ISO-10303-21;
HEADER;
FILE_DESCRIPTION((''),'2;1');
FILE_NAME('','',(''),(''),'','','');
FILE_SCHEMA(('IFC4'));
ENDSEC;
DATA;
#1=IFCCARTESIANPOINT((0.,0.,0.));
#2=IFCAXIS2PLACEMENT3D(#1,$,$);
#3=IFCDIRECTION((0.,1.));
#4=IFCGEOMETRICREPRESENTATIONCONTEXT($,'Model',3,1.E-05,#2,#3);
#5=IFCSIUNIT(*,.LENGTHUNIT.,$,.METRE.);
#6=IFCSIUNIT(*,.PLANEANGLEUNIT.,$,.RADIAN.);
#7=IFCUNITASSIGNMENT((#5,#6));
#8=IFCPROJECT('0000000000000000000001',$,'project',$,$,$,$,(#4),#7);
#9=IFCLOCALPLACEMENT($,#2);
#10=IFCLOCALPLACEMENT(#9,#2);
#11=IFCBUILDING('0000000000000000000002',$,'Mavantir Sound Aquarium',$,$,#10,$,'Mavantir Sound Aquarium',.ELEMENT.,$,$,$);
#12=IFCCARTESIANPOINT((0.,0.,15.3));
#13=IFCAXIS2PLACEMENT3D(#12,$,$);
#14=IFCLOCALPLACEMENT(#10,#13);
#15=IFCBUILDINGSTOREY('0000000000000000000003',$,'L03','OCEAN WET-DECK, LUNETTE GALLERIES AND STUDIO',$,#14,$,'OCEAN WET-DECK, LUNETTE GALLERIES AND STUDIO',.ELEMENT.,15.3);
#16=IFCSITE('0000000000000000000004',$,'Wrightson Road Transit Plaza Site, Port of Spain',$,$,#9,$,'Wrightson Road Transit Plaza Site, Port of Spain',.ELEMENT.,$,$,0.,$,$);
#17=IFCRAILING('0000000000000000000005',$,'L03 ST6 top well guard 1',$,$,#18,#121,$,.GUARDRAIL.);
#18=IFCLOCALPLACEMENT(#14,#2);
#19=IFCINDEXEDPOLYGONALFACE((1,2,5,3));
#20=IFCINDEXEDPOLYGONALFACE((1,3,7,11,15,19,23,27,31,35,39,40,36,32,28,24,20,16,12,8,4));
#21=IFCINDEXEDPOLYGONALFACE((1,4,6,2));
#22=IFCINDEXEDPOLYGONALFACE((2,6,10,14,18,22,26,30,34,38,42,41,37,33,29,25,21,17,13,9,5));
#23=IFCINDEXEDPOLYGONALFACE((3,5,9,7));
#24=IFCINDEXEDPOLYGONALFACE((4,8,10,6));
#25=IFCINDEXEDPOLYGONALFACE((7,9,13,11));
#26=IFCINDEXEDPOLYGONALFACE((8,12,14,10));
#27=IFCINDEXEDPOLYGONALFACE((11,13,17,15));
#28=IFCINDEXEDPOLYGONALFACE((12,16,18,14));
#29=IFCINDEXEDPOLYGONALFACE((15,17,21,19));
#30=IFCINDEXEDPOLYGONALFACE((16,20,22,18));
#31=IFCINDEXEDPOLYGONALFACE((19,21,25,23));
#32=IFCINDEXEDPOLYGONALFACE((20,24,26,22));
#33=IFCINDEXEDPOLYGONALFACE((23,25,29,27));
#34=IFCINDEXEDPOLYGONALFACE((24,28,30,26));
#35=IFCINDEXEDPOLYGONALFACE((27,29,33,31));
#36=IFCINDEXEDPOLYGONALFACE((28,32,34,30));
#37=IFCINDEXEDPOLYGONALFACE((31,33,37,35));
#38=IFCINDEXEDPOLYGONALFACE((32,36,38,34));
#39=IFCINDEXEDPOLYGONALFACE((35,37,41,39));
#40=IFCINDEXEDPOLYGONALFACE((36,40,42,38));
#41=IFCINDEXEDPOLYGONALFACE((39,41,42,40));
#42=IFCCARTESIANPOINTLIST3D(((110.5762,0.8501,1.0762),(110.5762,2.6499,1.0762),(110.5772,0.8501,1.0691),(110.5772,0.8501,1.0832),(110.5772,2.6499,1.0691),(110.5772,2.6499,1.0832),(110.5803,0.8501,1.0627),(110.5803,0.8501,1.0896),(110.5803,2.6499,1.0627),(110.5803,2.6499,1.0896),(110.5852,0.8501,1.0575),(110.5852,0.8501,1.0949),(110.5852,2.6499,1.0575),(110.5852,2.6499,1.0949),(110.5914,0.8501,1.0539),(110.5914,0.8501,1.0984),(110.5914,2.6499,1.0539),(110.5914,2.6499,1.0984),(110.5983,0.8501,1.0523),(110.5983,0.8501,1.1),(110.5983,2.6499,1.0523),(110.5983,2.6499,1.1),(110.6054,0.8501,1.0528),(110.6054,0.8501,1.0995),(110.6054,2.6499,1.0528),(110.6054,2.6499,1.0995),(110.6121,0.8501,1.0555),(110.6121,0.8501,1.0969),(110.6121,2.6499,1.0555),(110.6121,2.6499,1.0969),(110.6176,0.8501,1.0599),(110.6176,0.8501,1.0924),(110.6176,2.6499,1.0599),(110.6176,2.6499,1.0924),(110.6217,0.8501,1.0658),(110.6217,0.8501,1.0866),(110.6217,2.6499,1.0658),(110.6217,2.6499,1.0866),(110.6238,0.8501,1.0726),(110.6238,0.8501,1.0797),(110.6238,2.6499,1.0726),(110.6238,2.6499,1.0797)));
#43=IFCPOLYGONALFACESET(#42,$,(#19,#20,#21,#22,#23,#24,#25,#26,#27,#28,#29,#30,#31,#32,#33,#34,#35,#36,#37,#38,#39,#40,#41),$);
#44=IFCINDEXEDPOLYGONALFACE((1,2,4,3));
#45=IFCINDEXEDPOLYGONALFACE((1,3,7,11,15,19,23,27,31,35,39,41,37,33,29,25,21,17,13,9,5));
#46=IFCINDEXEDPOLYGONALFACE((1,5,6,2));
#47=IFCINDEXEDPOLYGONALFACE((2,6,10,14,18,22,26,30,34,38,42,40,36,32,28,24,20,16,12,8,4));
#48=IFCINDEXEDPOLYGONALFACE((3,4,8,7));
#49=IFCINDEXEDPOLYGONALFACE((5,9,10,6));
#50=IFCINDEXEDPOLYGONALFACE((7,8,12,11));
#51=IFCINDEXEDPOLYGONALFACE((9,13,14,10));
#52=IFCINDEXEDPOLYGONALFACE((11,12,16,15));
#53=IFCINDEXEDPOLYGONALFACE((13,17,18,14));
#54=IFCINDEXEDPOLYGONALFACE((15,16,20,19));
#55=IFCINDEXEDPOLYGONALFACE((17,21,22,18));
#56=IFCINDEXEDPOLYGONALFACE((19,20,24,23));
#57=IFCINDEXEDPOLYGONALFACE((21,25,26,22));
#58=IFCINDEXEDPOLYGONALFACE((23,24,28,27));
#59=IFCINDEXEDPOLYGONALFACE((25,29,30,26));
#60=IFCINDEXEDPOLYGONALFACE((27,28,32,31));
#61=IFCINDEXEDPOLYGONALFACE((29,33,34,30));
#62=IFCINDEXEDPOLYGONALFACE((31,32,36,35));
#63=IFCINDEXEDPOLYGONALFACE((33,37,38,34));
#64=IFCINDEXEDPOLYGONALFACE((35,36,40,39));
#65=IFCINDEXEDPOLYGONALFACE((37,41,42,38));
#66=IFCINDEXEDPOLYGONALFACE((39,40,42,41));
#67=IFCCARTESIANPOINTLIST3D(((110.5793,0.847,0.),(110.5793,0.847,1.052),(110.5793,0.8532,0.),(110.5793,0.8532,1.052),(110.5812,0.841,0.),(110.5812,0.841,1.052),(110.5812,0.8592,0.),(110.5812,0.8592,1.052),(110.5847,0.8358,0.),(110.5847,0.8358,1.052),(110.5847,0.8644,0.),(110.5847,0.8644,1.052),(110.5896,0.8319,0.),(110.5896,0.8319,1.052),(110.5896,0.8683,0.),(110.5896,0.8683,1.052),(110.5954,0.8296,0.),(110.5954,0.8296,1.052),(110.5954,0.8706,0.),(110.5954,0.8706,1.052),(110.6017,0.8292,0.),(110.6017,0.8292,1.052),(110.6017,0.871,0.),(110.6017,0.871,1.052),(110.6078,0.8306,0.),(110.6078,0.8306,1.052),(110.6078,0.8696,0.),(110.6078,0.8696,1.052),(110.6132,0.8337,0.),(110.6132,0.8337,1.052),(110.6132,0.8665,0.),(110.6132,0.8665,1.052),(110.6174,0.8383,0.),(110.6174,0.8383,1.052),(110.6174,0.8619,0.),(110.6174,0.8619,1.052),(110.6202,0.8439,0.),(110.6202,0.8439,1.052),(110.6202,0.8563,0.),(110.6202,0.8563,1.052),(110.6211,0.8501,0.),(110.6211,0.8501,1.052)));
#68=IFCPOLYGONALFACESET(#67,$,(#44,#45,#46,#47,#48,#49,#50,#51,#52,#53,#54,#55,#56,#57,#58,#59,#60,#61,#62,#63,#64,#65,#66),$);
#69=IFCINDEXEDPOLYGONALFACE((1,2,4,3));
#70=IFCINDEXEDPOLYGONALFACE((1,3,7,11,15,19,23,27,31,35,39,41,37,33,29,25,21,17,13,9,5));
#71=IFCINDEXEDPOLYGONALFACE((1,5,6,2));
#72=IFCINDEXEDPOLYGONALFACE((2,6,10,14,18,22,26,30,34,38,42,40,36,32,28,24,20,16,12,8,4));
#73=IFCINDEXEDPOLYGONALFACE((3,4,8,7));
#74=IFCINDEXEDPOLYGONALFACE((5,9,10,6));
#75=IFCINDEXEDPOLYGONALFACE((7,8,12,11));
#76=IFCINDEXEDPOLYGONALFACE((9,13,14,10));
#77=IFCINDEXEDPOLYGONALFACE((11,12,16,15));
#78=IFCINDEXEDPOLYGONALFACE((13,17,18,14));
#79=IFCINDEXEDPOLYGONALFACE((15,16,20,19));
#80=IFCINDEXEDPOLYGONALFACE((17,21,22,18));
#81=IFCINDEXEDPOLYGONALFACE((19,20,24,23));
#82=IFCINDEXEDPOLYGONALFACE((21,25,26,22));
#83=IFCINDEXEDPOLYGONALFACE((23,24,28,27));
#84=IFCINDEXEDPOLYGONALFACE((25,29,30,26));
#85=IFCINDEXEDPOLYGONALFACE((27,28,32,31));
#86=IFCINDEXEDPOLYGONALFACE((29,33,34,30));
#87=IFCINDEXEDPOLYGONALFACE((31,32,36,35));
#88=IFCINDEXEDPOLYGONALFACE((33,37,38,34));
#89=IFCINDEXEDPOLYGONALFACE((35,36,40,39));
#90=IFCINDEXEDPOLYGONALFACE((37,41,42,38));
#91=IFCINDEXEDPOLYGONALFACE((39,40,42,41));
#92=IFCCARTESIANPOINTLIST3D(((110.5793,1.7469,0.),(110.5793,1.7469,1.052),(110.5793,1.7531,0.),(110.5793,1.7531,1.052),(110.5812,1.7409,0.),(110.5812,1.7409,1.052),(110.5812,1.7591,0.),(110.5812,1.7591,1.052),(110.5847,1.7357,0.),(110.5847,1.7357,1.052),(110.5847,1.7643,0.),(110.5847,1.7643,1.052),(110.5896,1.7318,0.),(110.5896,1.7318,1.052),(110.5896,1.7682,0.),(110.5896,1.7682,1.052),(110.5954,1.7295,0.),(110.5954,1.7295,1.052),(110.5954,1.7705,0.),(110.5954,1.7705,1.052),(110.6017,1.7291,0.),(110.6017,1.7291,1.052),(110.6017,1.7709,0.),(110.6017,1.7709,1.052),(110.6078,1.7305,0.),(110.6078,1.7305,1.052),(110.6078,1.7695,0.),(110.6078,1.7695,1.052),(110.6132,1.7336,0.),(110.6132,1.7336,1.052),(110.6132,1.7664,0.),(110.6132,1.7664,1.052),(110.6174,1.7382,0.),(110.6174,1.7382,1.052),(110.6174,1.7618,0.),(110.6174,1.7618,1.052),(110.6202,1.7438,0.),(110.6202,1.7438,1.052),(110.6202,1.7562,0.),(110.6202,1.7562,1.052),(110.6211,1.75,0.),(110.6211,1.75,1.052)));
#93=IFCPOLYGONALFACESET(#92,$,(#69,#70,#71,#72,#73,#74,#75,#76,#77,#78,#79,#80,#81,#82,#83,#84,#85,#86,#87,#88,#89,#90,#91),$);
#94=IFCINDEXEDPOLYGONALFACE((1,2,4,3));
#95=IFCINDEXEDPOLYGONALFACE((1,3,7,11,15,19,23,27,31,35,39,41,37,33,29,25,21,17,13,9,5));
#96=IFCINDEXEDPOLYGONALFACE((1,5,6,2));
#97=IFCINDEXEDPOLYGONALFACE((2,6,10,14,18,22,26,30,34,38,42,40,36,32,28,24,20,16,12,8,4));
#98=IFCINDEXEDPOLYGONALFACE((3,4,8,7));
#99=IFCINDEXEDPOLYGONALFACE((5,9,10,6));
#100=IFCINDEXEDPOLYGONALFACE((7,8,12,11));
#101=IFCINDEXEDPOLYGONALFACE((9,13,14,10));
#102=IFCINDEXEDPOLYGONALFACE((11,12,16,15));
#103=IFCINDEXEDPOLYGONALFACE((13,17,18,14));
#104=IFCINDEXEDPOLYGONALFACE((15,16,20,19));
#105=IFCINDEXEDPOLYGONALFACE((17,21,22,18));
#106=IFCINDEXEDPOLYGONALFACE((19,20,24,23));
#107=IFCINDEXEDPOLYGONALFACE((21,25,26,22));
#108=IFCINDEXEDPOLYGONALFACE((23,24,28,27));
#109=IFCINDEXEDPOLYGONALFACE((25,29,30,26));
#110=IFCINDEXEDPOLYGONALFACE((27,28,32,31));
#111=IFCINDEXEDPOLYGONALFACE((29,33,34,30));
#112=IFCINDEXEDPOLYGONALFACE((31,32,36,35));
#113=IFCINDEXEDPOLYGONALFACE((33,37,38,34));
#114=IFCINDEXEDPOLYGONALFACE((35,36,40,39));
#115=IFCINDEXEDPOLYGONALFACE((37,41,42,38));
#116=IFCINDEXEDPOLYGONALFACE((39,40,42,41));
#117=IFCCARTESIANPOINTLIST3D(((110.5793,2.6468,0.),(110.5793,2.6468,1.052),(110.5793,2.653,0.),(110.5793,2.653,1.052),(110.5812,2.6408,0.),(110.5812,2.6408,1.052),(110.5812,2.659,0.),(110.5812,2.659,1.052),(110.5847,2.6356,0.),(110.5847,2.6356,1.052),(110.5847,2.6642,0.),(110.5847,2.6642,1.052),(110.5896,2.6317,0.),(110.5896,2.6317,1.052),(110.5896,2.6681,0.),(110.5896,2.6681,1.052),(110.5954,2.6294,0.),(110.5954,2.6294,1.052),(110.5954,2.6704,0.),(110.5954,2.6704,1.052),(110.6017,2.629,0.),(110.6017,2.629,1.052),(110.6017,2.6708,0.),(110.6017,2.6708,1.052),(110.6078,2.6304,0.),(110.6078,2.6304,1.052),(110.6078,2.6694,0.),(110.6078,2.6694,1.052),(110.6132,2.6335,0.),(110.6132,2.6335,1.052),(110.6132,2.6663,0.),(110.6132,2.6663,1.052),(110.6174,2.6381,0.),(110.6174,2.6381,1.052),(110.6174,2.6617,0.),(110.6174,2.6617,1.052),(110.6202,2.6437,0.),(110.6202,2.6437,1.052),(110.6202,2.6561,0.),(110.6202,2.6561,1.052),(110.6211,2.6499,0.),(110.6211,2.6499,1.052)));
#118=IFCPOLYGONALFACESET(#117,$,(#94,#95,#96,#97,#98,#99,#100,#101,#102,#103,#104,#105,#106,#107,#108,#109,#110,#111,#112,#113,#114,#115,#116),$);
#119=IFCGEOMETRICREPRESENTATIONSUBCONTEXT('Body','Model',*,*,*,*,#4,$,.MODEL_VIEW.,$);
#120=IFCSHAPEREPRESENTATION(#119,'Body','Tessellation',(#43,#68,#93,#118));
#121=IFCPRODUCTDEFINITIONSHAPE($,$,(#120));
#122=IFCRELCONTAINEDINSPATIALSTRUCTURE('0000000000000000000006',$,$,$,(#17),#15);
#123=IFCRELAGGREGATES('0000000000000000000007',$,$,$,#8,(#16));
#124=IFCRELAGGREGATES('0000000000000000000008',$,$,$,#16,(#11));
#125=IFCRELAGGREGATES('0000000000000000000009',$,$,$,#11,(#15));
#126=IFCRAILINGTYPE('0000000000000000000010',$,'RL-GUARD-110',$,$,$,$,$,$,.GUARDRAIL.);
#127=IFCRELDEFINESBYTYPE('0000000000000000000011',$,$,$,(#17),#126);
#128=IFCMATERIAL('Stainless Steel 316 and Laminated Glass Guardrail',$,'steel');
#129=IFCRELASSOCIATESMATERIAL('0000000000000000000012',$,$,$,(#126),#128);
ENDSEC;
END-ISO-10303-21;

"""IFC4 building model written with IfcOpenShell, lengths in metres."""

from ifc_helpers import new_model, si_unit, direction, frame, origin, origin_2d, place, context, subcontext, project, spatial, circle, extrude, material, type_object, element, save


model = new_model("IFC4")

# Units and contexts
model_context = context("Model", 3, precision=1e-05, world=origin(), true_north=direction((0.0, 1.0)))
body_context = subcontext(model_context, "Body", "Model", "MODEL_VIEW")
ifc_project = project(units=[si_unit("LENGTHUNIT", "METRE"), si_unit("PLANEANGLEUNIT", "RADIAN")], contexts=[model_context])

# Site, building, storey
site_placement = place(None, origin())
site = spatial("IfcSite", under=ifc_project, at=site_placement, Name="Wrightson Road Transit Plaza Site, Port of Spain", LongName="Wrightson Road Transit Plaza Site, Port of Spain", CompositionType="ELEMENT", RefElevation=0.0)
building_placement = place(site_placement, origin())
building = spatial("IfcBuilding", under=site, at=building_placement, Name="Mavantir Sound Aquarium", LongName="Mavantir Sound Aquarium", CompositionType="ELEMENT")
storey_placement = place(building_placement, frame((0.0, 0.0, 15.3)))
storey = spatial("IfcBuildingStorey", under=building, at=storey_placement, Name="L03", Description="OCEAN WET-DECK, LUNETTE GALLERIES AND STUDIO", LongName="OCEAN WET-DECK, LUNETTE GALLERIES AND STUDIO", CompositionType="ELEMENT", Elevation=15.3)

# Railing
ifc_material_1 = material(Name="Stainless Steel 316 and Laminated Glass Guardrail", Category="steel")
railing_type = type_object("IfcRailingType", Name="RL-GUARD-110", PredefinedType="GUARDRAIL", material=ifc_material_1)
railing_1_placement = place(storey_placement, frame((110.6001, 0.8501, 0.0)))
element("IfcRailing", 1, at=railing_1_placement, inside=storey, type_object=railing_type, Name="L03 ST6 top well guard 1", PredefinedType="GUARDRAIL", context=body_context, shape_type="SweptSolid", body=[
    extrude(circle(Radius=0.0239, at=origin_2d()), frame((0.0, 0.0, 1.0762), z_axis=(0.0, 1.0, 0.0), x_axis=(-1.0, 0.0, 0.0)), (0.0, 0.0, 1.0), 1.7998),
    extrude(circle(Radius=0.021, at=origin_2d()), origin(), (0.0, 0.0, 1.0), 1.052),
    extrude(circle(Radius=0.021, at=origin_2d()), frame((0.0, 0.8999, 0.0)), (0.0, 0.0, 1.0), 1.052),
    extrude(circle(Radius=0.021, at=origin_2d()), frame((0.0, 1.7998, 0.0)), (0.0, 0.0, 1.0), 1.052),
])

save(model, "model.ifc")
